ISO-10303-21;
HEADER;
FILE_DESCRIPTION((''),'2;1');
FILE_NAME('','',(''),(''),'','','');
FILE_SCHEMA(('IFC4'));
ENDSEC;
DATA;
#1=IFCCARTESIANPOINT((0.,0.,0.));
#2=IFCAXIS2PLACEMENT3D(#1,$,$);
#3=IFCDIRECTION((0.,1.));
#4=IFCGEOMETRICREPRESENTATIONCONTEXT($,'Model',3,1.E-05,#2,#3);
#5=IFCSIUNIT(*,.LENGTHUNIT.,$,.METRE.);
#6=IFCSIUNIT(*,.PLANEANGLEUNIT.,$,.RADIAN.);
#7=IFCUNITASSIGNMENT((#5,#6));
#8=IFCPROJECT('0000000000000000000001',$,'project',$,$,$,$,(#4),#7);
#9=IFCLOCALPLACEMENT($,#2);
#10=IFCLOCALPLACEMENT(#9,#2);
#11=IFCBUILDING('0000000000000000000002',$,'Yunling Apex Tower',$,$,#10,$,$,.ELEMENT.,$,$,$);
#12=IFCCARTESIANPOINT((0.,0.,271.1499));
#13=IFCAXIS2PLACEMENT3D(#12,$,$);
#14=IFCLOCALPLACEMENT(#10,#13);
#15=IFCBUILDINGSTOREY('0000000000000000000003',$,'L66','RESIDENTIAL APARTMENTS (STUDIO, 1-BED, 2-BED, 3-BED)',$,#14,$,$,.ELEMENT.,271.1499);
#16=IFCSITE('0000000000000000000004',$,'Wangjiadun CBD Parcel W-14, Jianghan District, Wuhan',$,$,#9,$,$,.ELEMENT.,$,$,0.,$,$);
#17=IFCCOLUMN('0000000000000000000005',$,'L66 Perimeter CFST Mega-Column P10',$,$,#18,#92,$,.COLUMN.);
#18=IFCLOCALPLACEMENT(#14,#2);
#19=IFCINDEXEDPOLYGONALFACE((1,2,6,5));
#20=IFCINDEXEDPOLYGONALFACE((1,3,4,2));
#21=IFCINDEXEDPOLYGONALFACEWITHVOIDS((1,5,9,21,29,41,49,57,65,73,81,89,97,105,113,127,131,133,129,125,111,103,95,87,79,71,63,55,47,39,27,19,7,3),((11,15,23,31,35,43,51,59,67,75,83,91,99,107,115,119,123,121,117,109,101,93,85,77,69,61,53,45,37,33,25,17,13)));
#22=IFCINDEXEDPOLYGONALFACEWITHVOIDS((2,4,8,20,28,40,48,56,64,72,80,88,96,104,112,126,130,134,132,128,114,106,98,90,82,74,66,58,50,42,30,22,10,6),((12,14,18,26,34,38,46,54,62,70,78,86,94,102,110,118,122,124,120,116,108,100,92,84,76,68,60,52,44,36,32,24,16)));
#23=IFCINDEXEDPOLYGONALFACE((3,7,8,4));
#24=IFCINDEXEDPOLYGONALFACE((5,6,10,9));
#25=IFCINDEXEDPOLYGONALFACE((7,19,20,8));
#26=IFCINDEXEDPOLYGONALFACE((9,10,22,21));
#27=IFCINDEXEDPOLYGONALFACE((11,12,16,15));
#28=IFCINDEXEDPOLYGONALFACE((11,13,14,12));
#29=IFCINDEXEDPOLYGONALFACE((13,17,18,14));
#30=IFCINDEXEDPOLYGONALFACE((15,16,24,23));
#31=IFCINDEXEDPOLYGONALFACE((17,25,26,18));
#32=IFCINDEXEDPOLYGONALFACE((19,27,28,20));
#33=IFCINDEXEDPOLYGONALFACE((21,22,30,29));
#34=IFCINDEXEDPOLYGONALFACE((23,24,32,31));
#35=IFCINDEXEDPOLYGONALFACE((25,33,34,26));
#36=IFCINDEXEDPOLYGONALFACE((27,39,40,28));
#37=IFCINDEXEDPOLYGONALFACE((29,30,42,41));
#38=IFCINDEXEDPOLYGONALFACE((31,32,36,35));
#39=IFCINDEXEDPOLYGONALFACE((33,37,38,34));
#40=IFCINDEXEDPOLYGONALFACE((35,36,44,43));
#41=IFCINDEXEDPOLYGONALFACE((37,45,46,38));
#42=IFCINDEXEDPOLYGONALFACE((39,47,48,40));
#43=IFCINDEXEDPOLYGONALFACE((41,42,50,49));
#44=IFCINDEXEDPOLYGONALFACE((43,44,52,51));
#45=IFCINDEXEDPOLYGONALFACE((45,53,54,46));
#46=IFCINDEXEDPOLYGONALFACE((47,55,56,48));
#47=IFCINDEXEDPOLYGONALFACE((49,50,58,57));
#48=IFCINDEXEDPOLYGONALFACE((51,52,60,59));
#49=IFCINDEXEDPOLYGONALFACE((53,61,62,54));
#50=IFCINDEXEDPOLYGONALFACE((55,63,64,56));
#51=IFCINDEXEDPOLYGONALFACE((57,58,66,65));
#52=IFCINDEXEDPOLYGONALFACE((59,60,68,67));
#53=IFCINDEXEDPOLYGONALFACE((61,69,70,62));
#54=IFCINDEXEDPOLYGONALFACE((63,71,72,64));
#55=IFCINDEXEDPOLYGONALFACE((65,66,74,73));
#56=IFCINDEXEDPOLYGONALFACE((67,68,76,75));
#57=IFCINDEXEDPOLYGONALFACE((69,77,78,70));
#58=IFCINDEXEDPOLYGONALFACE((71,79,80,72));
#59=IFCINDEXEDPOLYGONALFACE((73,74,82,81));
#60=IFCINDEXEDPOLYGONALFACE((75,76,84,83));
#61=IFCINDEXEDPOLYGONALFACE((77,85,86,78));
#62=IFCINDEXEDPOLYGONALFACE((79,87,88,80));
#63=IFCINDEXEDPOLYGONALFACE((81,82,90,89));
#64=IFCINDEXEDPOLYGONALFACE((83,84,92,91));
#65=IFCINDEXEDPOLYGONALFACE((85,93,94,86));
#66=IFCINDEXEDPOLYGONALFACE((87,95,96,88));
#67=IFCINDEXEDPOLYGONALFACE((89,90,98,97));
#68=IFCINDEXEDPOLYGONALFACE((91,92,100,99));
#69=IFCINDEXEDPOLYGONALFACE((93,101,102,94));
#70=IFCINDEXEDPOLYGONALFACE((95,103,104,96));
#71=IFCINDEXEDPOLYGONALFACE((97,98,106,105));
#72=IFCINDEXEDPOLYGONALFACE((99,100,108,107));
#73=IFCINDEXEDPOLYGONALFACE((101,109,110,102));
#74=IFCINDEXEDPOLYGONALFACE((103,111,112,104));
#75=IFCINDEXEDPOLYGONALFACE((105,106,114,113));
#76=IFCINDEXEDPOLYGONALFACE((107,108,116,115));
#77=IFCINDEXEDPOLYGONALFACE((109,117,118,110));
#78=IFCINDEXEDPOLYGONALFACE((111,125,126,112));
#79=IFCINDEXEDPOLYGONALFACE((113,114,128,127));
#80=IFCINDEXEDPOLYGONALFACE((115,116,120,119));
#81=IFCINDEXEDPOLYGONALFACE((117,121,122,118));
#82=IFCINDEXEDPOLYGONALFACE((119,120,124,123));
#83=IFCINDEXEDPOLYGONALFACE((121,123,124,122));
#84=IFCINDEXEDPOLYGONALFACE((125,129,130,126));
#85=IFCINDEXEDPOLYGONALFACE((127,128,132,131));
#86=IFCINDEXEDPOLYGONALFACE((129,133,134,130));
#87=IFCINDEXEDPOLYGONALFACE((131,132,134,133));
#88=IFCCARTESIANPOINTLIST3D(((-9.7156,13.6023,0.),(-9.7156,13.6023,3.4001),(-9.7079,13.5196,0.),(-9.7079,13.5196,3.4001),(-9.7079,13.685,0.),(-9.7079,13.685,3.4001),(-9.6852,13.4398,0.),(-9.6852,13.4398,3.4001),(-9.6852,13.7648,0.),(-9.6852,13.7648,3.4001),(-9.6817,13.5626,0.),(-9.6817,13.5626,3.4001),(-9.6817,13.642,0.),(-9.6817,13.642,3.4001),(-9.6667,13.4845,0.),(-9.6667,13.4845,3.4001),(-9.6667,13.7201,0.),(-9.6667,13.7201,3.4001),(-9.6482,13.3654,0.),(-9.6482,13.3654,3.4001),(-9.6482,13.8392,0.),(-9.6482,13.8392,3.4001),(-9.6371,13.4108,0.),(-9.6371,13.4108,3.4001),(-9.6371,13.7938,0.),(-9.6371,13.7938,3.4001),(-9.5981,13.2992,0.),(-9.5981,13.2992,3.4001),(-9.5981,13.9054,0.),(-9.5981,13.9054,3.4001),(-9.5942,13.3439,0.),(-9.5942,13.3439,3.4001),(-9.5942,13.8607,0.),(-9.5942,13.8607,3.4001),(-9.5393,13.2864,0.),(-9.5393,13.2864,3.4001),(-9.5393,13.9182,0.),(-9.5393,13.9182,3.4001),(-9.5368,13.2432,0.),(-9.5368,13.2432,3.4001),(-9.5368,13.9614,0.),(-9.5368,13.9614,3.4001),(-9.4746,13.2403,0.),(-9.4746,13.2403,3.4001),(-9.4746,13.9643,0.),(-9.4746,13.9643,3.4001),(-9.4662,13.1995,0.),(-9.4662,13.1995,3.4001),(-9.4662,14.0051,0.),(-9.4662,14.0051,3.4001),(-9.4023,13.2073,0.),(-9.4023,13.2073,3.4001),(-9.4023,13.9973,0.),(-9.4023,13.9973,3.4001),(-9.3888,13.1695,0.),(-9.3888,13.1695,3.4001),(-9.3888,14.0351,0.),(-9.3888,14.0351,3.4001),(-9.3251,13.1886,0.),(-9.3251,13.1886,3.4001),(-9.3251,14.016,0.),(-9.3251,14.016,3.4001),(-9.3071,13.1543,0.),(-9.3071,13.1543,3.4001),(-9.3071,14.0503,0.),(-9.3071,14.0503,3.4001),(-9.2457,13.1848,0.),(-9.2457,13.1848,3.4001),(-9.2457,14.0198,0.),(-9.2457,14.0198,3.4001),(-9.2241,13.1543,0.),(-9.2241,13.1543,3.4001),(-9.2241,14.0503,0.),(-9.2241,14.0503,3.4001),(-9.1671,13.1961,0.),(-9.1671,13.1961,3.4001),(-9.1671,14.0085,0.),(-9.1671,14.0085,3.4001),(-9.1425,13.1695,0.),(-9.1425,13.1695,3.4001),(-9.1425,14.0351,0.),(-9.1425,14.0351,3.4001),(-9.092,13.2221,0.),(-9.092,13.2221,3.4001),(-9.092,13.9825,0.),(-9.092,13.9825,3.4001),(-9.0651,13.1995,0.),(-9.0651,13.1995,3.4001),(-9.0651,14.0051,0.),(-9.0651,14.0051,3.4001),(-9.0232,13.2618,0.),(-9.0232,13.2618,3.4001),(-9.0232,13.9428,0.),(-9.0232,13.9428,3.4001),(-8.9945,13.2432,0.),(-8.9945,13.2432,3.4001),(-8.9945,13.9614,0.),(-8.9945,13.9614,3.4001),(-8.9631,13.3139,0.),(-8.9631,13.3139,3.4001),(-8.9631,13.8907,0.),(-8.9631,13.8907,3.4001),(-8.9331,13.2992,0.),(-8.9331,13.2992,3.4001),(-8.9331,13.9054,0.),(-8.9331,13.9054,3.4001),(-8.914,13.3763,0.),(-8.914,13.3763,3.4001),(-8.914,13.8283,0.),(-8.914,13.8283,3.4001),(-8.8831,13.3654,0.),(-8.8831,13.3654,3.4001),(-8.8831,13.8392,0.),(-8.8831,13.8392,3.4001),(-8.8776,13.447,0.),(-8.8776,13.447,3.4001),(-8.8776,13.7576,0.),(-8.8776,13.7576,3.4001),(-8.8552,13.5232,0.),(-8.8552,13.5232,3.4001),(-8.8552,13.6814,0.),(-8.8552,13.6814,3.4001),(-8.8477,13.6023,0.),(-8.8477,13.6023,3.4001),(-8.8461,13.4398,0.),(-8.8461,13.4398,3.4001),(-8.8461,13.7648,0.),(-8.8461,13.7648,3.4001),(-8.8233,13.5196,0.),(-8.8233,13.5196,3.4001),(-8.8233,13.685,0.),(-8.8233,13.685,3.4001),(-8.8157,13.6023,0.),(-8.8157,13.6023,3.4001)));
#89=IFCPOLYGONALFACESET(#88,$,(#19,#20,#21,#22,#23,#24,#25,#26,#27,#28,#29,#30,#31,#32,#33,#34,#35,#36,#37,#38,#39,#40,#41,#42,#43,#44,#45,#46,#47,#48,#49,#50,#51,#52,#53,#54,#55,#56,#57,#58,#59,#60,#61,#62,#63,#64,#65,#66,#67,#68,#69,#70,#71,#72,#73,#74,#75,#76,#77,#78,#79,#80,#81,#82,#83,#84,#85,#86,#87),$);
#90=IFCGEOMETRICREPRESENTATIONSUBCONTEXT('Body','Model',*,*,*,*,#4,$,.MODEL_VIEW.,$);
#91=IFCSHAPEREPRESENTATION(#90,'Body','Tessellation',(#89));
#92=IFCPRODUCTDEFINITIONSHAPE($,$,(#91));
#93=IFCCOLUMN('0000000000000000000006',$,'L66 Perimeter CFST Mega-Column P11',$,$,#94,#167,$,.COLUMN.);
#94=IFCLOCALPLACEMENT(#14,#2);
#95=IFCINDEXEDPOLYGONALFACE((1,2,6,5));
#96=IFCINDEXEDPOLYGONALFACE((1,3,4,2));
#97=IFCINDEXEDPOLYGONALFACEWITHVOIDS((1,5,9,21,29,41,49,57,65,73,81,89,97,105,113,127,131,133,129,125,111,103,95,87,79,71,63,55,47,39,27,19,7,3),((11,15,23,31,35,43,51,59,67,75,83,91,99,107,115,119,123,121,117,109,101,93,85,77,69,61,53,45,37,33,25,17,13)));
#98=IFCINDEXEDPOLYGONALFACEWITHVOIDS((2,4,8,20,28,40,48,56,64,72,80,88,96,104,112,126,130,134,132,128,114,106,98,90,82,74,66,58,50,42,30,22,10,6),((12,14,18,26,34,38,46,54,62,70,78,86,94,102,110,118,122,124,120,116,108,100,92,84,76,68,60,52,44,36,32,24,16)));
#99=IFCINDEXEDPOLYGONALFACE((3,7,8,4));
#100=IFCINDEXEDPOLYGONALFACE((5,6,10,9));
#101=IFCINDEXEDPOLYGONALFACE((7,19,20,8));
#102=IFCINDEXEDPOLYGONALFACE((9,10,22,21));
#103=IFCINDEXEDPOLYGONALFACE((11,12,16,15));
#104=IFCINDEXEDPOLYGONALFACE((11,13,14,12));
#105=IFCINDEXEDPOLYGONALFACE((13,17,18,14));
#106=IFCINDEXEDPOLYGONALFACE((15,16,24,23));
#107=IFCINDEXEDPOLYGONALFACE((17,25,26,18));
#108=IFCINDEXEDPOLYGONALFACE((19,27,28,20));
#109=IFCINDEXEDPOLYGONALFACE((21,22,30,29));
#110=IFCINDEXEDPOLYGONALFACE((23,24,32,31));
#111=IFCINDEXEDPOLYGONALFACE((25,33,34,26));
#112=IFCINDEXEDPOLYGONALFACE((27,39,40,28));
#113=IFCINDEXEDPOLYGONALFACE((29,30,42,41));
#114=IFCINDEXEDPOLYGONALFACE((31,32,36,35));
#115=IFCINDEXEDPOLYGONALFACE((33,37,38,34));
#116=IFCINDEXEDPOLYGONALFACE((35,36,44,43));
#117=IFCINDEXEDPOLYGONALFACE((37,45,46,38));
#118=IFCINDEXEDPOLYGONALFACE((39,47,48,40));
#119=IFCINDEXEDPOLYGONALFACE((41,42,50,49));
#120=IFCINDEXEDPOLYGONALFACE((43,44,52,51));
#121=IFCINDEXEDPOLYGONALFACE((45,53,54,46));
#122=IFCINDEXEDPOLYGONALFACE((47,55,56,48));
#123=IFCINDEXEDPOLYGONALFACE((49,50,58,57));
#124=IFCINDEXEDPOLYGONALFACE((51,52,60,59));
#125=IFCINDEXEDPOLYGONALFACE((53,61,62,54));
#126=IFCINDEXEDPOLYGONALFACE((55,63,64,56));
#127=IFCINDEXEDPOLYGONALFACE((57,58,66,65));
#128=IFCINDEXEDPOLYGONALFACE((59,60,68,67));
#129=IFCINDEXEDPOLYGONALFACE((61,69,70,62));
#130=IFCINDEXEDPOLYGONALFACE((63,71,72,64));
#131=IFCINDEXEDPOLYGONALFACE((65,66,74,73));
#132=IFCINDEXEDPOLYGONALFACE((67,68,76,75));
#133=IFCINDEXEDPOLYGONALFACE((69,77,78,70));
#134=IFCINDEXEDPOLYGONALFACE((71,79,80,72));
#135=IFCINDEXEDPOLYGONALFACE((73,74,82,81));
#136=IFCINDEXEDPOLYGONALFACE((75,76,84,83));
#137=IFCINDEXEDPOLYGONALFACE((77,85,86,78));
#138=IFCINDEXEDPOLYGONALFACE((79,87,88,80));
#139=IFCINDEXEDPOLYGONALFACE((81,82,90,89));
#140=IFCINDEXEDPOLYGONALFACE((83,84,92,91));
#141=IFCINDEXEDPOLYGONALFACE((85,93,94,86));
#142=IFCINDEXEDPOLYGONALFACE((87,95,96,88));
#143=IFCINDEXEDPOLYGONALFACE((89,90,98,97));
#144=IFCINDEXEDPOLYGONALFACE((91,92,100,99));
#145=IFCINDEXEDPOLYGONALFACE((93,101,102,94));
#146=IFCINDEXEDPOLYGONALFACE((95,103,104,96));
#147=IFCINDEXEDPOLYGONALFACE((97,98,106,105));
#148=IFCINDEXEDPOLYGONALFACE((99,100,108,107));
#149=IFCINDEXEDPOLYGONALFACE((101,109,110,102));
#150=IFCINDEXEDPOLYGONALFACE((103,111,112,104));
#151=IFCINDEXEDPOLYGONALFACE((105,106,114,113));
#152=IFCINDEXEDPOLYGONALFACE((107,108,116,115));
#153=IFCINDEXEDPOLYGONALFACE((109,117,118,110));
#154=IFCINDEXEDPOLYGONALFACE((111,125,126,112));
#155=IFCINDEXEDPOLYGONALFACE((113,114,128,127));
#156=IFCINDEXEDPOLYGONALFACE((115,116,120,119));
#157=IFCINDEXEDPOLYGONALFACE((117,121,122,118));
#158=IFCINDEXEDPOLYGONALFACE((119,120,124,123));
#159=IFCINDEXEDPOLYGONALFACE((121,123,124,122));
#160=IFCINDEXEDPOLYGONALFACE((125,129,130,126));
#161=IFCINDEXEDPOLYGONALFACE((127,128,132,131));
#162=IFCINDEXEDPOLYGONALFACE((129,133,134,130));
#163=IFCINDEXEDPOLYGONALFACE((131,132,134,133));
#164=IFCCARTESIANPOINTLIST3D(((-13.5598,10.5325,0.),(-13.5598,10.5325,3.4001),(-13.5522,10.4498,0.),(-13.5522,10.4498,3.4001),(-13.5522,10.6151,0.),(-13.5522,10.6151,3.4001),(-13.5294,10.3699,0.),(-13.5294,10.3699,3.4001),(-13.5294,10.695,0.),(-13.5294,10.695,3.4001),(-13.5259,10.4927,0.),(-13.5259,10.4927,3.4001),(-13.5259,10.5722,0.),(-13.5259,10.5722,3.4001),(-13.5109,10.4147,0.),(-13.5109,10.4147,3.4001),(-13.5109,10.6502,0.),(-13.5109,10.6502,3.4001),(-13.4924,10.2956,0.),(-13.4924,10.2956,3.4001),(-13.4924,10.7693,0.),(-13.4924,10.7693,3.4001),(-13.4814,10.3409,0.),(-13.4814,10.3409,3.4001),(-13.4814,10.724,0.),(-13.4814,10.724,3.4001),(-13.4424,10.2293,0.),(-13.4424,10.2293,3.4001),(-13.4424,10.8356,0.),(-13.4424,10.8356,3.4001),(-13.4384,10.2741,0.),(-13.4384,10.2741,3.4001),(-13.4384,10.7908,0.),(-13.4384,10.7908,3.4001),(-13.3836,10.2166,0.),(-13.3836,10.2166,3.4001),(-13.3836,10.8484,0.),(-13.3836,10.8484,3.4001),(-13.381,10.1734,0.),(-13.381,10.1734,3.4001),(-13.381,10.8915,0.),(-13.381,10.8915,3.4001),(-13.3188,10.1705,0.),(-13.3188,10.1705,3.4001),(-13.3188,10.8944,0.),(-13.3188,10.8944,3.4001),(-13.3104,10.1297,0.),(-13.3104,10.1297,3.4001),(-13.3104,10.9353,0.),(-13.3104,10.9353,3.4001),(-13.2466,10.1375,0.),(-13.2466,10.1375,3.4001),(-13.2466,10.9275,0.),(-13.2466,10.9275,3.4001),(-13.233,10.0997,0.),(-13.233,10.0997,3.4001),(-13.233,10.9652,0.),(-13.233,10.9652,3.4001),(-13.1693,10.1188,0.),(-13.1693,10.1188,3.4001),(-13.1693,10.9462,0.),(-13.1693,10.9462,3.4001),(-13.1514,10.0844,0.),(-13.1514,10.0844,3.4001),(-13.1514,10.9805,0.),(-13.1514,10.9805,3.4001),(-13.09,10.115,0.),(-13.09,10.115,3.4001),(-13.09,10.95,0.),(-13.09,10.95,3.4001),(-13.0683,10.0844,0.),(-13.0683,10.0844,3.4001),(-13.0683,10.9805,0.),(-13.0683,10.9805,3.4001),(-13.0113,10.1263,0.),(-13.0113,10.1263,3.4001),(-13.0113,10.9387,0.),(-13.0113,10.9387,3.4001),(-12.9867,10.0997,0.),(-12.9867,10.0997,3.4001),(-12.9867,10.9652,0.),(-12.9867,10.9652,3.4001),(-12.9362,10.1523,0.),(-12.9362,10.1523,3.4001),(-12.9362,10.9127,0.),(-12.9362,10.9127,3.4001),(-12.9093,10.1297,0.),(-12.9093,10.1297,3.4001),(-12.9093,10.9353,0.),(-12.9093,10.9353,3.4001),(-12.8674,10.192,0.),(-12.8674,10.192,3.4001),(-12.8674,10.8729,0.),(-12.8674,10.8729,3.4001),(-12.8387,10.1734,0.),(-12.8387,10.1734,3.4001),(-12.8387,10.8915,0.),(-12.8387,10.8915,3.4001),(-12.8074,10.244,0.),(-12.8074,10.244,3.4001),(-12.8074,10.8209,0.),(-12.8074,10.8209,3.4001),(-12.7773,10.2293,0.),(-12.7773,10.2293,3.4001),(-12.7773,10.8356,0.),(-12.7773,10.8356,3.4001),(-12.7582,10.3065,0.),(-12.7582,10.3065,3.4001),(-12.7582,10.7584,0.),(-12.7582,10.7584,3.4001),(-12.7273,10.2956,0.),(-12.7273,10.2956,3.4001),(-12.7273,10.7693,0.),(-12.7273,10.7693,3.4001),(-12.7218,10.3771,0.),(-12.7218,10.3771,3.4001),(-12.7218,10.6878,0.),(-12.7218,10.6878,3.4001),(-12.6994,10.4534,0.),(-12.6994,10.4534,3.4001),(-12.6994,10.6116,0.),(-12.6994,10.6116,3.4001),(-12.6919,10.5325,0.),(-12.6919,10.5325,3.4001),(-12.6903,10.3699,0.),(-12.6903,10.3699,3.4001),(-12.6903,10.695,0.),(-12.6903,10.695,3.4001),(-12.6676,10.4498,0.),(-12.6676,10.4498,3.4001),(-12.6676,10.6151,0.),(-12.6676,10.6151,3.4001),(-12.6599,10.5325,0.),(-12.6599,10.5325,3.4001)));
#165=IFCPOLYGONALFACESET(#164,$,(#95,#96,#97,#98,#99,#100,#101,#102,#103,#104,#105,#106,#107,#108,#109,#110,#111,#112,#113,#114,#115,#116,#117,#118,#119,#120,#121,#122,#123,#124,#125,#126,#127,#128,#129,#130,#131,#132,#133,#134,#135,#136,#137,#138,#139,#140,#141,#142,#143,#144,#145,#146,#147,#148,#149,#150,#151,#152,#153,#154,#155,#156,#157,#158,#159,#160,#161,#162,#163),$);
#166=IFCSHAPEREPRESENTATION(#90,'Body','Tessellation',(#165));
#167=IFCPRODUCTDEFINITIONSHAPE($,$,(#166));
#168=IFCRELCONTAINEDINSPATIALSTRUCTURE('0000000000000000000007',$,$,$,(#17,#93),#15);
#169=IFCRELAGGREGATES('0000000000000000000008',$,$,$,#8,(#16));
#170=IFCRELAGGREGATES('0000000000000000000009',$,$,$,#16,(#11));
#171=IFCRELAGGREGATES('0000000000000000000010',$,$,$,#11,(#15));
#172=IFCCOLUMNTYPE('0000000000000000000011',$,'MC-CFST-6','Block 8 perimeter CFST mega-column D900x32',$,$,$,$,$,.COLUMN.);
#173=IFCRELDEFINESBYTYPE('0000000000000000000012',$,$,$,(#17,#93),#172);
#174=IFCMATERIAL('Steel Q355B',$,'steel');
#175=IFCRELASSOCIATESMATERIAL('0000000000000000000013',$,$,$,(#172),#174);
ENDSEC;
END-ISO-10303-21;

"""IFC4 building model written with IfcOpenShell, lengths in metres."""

from ifc_helpers import new_model, si_unit, direction, frame, origin, origin_2d, place, context, subcontext, project, spatial, hollow_circle, extrude, source, transform, mapped, material, material_profile, profile_set, type_object, element, save


model = new_model("IFC4")

# Units and contexts
model_context = context("Model", 3, precision=1e-05, world=origin(), true_north=direction((0.0, 1.0)))
body_context = subcontext(model_context, "Body", "Model", "MODEL_VIEW")
ifc_project = project(units=[si_unit("LENGTHUNIT", "METRE"), si_unit("PLANEANGLEUNIT", "RADIAN")], contexts=[model_context])

# Site, building, storey
site_placement = place(None, origin())
site = spatial("IfcSite", under=ifc_project, at=site_placement, Name="Wangjiadun CBD Parcel W-14, Jianghan District, Wuhan", CompositionType="ELEMENT", RefElevation=0.0)
building_placement = place(site_placement, origin())
building = spatial("IfcBuilding", under=site, at=building_placement, Name="Yunling Apex Tower", CompositionType="ELEMENT")
storey_placement = place(building_placement, frame((0.0, 0.0, 271.1499)))
storey = spatial("IfcBuildingStorey", under=building, at=storey_placement, Name="L66", Description="RESIDENTIAL APARTMENTS (STUDIO, 1-BED, 2-BED, 3-BED)", CompositionType="ELEMENT", Elevation=271.1499)

# Columns
ifc_material_1 = material(Name="Steel Q355B", Category="steel")
ifc_material_profile_1 = material_profile(ifc_material_1, hollow_circle(Radius=0.45, WallThickness=0.032, at=origin_2d()))
ifc_profile_set_1 = profile_set([ifc_material_profile_1], Name="Steel Q355B")
column_type = type_object("IfcColumnType", Name="MC-CFST-6", Description="Block 8 perimeter CFST mega-column D900x32", PredefinedType="COLUMN", material=ifc_profile_set_1)
shared_shape_1 = source(origin(), body_context, "Body", "SweptSolid", [
    extrude(hollow_circle(Radius=0.45, WallThickness=0.032, at=origin_2d()), origin(), (0.0, 0.0, 1.0), 3.4001),
])
for number, where, z_axis, x_axis, name in (
    (1, (-9.2656, 13.6023, 0.0), (0.0, 0.0, 1.0), (1.0, 0.0, 0.0), "L66 Perimeter CFST Mega-Column P10"),
    (2, (-13.1099, 10.5325, 0.0), (0.0, 0.0, 1.0), (1.0, 0.0, 0.0), "L66 Perimeter CFST Mega-Column P11"),
):
    element("IfcColumn", number, at=place(storey_placement, frame(where, z_axis=z_axis, x_axis=x_axis)), inside=storey, type_object=column_type, Name=name, PredefinedType="COLUMN", context=body_context, shape_type="MappedRepresentation", body=[
        mapped(shared_shape_1, transform((0.0, 0.0, 0.0), scale=1.0)),
    ])

save(model, "model.ifc")
